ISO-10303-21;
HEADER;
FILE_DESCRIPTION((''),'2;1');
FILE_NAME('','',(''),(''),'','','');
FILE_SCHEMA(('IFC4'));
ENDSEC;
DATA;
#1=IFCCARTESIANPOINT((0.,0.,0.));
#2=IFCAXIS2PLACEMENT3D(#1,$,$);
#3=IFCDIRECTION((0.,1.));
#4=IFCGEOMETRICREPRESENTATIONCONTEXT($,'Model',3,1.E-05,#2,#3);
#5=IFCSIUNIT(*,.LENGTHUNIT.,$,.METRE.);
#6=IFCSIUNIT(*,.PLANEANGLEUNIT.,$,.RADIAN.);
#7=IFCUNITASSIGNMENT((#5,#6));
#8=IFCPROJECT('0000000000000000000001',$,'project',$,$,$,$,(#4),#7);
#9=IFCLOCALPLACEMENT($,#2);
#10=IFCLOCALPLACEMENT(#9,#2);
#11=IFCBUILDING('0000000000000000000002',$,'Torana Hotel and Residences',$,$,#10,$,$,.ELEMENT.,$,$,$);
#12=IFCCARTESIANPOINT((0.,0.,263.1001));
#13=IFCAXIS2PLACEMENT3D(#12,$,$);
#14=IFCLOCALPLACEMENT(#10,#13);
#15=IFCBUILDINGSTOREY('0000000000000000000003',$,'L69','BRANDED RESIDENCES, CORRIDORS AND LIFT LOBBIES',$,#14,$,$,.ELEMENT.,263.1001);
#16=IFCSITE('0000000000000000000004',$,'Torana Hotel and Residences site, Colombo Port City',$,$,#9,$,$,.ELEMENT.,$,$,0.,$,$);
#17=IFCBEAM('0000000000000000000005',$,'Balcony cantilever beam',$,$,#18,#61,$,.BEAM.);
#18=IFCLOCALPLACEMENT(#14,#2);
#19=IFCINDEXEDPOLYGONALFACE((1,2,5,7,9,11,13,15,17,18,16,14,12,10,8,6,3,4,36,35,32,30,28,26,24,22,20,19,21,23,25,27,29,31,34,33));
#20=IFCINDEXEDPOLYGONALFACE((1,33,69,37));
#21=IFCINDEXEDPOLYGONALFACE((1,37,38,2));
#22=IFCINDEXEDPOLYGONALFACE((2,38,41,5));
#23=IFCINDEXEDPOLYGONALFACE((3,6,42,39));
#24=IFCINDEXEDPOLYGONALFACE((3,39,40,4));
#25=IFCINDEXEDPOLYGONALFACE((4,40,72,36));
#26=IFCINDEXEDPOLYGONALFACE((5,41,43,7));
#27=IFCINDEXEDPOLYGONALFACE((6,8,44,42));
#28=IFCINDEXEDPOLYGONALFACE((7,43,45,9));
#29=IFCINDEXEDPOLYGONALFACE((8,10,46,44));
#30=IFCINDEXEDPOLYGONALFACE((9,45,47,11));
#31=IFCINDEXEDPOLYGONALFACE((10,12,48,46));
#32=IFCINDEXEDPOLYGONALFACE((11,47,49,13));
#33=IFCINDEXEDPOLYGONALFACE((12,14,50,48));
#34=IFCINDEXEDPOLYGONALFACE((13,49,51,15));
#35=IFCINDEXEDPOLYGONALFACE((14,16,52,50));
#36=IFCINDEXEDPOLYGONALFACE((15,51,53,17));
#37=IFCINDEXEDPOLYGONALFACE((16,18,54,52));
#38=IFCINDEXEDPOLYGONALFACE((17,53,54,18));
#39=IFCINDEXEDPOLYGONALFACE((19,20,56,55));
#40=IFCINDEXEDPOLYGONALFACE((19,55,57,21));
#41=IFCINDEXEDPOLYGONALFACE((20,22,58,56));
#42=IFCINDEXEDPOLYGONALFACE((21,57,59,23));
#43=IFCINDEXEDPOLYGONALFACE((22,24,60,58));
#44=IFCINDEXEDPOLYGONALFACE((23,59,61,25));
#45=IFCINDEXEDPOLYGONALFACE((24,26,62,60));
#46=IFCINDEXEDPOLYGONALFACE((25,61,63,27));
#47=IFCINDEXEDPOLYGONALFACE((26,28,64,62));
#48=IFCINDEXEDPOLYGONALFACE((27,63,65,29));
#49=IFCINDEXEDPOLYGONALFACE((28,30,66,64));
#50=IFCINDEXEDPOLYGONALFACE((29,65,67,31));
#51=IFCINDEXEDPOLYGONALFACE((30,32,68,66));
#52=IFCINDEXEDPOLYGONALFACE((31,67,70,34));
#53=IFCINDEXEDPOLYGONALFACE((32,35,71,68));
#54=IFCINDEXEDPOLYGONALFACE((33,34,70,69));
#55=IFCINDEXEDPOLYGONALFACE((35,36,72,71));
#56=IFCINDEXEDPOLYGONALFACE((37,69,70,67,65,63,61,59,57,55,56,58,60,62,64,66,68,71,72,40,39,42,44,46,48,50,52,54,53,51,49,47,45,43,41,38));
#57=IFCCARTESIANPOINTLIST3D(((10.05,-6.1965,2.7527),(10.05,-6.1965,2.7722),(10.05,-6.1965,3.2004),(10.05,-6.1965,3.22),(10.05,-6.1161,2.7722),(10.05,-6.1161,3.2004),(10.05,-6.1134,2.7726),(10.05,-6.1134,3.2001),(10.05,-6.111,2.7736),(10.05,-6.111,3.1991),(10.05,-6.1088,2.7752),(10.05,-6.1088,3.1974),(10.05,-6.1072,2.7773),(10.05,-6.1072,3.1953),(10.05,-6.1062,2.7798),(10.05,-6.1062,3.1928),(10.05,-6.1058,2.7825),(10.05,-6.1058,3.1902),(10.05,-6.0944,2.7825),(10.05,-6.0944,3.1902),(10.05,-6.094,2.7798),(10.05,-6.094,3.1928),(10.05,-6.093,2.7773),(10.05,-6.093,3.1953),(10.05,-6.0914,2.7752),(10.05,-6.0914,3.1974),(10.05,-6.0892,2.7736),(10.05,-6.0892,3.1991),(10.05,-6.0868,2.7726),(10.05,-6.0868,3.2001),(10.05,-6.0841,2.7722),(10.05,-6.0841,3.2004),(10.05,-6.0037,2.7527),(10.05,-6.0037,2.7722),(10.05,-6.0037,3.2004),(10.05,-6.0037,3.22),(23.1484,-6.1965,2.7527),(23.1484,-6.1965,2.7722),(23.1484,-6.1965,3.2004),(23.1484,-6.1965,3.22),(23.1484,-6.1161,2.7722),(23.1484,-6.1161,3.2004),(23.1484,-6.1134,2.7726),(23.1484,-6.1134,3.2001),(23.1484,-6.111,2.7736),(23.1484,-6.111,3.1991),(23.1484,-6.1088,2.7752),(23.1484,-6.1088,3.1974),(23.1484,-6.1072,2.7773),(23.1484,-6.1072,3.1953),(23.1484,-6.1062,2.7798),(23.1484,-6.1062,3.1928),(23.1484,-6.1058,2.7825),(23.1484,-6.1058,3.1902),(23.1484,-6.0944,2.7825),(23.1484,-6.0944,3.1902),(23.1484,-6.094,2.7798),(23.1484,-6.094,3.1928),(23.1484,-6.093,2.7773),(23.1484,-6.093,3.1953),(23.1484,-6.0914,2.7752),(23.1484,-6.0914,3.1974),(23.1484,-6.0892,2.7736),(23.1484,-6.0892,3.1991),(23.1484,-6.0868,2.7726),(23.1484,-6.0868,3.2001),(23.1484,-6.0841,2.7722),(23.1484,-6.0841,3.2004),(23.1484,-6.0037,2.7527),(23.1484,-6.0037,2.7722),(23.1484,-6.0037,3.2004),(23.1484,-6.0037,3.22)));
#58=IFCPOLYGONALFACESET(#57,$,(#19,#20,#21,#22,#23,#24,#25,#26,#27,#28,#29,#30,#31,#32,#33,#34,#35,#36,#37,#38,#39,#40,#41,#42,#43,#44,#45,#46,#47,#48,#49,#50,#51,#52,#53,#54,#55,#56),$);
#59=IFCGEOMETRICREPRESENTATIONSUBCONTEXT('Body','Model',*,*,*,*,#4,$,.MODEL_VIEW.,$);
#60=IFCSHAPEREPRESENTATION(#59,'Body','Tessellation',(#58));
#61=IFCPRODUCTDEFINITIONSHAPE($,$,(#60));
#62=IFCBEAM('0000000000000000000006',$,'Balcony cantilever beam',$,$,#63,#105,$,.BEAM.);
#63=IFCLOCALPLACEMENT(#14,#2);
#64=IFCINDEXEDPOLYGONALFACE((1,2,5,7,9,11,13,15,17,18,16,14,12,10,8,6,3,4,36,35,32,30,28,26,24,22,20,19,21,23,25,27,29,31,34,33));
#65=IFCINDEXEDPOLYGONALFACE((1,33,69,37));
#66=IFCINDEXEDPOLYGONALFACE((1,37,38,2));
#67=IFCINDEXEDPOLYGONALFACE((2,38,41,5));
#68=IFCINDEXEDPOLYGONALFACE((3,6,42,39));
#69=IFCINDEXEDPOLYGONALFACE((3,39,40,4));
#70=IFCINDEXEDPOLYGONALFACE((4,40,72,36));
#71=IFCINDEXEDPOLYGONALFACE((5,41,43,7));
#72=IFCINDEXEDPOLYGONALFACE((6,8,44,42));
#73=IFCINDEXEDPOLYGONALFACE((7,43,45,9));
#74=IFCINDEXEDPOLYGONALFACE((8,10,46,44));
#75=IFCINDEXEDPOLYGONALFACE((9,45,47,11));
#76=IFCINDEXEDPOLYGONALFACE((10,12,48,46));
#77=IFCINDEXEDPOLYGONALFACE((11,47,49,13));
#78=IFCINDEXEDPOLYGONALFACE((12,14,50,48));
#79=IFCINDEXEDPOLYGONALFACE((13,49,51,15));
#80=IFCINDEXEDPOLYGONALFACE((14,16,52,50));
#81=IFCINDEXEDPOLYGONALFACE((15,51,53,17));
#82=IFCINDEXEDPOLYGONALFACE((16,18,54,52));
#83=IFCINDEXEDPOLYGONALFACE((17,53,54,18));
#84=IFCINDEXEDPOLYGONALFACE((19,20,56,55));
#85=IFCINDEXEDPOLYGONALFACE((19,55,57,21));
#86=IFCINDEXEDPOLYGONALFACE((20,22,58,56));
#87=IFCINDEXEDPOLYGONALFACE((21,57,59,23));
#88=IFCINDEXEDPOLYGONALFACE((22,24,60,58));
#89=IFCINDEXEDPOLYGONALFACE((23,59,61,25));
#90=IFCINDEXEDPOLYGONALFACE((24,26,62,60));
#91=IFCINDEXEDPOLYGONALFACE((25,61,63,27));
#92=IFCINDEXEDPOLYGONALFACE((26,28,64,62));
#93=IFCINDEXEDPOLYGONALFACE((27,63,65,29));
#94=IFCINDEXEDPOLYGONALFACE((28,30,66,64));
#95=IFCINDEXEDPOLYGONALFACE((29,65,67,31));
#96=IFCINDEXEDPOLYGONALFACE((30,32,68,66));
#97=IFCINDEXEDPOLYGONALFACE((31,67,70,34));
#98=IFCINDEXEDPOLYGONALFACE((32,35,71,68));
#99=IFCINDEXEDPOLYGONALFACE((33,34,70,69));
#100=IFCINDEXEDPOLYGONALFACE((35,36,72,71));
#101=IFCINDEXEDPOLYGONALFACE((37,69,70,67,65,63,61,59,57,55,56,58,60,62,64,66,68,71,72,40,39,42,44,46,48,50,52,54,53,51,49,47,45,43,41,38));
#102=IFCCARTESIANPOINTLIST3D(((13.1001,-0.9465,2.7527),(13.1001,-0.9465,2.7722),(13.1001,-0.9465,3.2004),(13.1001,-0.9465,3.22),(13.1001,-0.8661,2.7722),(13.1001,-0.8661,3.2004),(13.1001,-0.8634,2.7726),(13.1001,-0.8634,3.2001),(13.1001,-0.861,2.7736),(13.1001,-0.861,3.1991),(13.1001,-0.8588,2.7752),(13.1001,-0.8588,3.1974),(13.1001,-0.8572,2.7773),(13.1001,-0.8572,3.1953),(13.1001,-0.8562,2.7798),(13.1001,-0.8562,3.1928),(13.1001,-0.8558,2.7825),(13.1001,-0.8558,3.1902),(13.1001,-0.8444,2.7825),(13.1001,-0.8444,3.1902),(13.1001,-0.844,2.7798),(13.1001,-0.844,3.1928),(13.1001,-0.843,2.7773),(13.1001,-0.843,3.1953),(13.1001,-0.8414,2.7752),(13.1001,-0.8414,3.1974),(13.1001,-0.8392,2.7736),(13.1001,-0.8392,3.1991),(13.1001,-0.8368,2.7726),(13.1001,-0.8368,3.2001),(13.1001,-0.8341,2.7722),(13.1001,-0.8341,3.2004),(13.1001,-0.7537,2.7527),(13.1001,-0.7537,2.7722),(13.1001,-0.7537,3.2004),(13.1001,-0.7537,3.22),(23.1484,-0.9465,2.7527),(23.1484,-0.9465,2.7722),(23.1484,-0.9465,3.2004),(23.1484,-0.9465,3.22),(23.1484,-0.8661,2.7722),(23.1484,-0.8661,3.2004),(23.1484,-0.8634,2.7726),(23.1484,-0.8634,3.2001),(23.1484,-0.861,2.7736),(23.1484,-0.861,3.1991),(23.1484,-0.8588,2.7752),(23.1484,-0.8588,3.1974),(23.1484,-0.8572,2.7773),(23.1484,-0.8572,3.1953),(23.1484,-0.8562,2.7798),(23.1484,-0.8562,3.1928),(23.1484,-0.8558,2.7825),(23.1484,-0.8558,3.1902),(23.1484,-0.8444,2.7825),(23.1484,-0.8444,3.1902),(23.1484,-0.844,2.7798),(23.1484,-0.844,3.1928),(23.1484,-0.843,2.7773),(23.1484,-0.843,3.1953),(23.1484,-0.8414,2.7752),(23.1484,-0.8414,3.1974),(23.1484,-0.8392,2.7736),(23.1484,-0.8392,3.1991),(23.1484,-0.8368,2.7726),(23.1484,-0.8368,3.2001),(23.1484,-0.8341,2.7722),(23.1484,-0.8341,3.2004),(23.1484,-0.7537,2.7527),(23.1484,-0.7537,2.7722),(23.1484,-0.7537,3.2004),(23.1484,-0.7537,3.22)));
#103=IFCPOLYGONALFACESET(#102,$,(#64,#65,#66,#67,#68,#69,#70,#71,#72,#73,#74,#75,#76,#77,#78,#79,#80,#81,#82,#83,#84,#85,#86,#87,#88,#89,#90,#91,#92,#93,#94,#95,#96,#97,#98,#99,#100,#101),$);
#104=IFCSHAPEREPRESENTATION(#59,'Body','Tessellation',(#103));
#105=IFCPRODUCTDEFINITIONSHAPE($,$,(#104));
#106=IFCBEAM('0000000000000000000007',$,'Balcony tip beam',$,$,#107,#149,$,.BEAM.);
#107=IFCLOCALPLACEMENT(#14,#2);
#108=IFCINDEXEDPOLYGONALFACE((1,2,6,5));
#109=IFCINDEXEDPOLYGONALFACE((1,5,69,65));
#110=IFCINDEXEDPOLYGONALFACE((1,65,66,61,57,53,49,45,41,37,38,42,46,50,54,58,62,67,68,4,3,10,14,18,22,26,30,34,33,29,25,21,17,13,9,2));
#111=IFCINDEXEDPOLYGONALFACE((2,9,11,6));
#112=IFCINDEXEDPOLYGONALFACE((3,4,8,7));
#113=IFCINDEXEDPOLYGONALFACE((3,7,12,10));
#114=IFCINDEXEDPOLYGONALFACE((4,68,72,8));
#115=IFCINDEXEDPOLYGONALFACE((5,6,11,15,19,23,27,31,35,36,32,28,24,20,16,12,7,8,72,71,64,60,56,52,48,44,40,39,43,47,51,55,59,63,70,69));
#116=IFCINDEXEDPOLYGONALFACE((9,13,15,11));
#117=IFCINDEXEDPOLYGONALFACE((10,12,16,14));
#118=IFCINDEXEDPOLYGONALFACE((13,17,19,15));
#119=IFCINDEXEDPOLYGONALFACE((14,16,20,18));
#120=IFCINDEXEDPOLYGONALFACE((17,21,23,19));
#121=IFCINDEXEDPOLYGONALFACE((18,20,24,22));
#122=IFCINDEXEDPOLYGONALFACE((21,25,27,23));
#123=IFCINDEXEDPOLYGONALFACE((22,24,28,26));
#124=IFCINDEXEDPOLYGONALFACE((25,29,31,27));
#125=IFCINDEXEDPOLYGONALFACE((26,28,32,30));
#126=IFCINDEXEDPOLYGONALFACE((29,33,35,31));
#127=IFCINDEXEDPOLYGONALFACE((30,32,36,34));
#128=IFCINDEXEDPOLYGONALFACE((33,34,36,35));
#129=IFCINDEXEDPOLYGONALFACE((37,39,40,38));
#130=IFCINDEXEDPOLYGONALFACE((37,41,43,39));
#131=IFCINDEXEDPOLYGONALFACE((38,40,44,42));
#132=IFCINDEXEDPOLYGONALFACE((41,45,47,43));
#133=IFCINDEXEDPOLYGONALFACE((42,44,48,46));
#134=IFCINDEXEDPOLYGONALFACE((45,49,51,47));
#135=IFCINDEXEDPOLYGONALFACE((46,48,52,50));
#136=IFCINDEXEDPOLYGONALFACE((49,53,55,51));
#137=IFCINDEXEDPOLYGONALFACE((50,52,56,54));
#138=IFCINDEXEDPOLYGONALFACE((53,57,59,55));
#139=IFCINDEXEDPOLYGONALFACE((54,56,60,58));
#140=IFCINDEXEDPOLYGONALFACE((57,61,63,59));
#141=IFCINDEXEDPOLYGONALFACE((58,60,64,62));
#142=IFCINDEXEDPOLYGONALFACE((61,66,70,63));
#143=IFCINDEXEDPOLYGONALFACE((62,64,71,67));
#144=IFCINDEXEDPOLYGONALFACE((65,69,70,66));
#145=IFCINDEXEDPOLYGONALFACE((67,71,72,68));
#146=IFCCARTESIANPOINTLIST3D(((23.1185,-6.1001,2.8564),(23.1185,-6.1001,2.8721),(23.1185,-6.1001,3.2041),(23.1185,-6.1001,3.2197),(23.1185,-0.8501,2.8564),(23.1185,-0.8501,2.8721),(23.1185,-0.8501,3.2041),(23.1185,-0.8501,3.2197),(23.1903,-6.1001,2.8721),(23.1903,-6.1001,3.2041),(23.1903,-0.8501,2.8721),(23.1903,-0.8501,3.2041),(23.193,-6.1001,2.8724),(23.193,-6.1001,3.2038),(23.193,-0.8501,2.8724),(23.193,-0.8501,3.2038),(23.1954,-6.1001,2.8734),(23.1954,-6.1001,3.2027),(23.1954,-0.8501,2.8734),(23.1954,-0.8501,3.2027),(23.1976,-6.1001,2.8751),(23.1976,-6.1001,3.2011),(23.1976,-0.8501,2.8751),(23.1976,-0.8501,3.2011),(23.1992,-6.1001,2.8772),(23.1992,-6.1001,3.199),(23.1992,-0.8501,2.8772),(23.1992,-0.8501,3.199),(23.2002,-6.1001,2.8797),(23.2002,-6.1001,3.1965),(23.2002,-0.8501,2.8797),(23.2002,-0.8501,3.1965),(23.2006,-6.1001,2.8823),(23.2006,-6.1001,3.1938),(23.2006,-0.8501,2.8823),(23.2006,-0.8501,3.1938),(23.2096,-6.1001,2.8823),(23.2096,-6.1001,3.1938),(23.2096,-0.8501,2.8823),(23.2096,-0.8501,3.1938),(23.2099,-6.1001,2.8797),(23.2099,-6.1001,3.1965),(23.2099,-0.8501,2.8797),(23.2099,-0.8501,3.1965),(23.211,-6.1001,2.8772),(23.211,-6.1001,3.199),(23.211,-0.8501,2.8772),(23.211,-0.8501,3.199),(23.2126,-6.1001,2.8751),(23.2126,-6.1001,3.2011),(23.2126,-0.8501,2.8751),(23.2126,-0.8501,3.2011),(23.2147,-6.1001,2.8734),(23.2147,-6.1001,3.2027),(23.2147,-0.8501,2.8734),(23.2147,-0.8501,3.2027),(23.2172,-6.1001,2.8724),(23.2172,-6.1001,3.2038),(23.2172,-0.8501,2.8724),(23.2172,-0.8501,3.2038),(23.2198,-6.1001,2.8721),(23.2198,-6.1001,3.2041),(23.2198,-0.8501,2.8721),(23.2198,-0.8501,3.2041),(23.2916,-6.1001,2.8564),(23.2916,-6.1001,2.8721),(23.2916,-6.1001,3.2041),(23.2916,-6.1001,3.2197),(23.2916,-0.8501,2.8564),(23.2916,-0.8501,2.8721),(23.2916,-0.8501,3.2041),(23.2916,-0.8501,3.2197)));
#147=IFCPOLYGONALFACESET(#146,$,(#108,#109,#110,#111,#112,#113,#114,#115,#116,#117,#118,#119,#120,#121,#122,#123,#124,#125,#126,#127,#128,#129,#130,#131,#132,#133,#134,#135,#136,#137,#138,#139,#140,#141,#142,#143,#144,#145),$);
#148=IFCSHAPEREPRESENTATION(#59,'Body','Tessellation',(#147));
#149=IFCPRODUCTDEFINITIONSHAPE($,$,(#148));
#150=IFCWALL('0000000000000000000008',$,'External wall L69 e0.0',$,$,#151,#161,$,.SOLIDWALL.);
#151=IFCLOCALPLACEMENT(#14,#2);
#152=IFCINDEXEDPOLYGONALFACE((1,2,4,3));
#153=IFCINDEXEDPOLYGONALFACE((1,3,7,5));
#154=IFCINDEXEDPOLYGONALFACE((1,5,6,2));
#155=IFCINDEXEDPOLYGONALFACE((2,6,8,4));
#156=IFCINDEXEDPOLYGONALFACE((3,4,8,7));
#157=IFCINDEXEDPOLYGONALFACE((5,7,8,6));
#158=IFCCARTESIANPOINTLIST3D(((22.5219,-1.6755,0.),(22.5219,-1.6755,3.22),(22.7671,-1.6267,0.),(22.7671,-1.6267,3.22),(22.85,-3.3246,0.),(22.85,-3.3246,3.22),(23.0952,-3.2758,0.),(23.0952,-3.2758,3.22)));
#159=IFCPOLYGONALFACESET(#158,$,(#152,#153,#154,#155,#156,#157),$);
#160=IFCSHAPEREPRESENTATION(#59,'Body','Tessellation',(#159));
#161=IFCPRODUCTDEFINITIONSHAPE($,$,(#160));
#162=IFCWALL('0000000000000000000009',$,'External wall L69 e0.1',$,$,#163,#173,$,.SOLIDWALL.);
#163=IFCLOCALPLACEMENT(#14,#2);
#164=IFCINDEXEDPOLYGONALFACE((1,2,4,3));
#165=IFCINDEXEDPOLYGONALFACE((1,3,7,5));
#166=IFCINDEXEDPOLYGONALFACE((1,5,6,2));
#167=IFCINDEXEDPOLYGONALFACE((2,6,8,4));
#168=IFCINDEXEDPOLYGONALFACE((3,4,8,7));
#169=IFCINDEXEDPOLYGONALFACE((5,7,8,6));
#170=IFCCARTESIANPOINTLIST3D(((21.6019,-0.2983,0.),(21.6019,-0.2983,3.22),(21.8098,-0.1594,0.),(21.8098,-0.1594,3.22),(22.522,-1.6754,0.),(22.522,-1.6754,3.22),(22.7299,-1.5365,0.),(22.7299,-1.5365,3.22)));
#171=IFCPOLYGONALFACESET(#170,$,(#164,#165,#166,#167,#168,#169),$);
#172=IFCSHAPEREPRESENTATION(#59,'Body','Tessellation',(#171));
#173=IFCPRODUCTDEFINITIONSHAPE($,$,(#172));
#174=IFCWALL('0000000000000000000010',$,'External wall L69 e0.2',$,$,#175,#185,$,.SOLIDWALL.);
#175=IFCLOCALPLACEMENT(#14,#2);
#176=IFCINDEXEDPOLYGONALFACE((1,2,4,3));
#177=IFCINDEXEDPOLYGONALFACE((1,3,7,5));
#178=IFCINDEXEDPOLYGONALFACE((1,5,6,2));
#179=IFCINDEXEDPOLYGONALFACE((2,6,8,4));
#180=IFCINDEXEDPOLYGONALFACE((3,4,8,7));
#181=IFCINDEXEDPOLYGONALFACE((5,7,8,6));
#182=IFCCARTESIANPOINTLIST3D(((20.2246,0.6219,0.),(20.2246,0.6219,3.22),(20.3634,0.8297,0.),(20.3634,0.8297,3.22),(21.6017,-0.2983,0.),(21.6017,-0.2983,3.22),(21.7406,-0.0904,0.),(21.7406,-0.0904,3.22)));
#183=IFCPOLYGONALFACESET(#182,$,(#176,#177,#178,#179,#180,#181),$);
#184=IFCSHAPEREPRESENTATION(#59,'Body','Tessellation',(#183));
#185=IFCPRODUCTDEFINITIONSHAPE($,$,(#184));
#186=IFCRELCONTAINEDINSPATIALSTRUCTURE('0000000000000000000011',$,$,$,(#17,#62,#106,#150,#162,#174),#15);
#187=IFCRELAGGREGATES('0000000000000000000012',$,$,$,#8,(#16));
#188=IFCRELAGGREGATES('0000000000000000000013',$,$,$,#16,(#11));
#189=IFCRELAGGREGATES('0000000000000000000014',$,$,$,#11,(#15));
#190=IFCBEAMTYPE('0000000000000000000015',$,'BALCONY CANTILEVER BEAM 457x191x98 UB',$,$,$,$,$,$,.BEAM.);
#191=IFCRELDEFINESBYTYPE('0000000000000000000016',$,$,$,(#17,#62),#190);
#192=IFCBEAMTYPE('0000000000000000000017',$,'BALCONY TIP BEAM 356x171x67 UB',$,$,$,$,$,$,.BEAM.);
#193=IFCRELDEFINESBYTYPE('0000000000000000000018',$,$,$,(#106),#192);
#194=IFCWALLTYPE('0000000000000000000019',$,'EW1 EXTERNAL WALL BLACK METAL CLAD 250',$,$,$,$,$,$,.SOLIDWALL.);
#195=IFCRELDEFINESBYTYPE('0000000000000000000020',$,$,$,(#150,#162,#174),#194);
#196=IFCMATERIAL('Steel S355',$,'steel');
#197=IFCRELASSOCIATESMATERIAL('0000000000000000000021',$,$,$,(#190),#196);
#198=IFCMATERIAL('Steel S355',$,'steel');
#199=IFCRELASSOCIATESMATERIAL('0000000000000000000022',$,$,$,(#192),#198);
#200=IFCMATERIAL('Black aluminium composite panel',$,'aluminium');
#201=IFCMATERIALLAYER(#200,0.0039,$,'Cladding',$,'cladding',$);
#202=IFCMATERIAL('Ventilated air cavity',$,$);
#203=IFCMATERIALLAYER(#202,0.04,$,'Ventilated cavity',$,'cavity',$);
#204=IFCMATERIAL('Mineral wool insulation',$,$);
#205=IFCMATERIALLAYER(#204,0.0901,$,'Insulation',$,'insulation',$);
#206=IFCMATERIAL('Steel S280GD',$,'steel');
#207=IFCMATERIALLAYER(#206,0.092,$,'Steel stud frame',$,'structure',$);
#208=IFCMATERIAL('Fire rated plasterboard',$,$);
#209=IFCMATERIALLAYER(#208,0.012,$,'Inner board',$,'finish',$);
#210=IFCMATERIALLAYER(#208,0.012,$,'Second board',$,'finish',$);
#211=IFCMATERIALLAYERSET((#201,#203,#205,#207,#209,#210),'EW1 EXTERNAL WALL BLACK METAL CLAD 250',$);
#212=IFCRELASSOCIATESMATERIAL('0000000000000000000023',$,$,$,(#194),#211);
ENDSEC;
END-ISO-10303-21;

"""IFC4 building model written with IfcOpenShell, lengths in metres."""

from ifc_helpers import new_model, si_unit, direction, frame, frame_2d, origin, origin_2d, place, context, subcontext, project, spatial, rectangle, i_section, extrude, material, layer, layer_set, material_profile, profile_set, type_object, element, save


model = new_model("IFC4")

# Units and contexts
model_context = context("Model", 3, precision=1e-05, world=origin(), true_north=direction((0.0, 1.0)))
body_context = subcontext(model_context, "Body", "Model", "MODEL_VIEW")
ifc_project = project(units=[si_unit("LENGTHUNIT", "METRE"), si_unit("PLANEANGLEUNIT", "RADIAN")], contexts=[model_context])

# Site, building, storey
site_placement = place(None, origin())
site = spatial("IfcSite", under=ifc_project, at=site_placement, Name="Torana Hotel and Residences site, Colombo Port City", CompositionType="ELEMENT", RefElevation=0.0)
building_placement = place(site_placement, origin())
building = spatial("IfcBuilding", under=site, at=building_placement, Name="Torana Hotel and Residences", CompositionType="ELEMENT")
storey_placement = place(building_placement, frame((0.0, 0.0, 263.1001)))
storey = spatial("IfcBuildingStorey", under=building, at=storey_placement, Name="L69", Description="BRANDED RESIDENCES, CORRIDORS AND LIFT LOBBIES", CompositionType="ELEMENT", Elevation=263.1001)

# Beams
ifc_material_1 = material(Name="Steel S355", Category="steel")
ifc_material_profile_1 = material_profile(ifc_material_1, i_section(OverallWidth=0.1929, OverallDepth=0.4673, WebThickness=0.0115, FlangeThickness=0.0195, FilletRadius=0.0103, at=origin_2d()), Name="457x191x98 UB")
ifc_profile_set_1 = profile_set([ifc_material_profile_1], Name="Steel S355")
beam_type_1 = type_object("IfcBeamType", Name="BALCONY CANTILEVER BEAM 457x191x98 UB", PredefinedType="BEAM", material=ifc_profile_set_1)
beam_1_placement = place(storey_placement, frame((23.1484, -6.1001, 2.9863), z_axis=(-1.0, 0.0, 0.0), x_axis=(0.0, -1.0, 0.0)))
element("IfcBeam", 1, at=beam_1_placement, inside=storey, type_object=beam_type_1, Name="Balcony cantilever beam", PredefinedType="BEAM", context=body_context, shape_type="SweptSolid", body=[
    extrude(i_section(OverallWidth=0.1929, OverallDepth=0.4673, WebThickness=0.0115, FlangeThickness=0.0195, FilletRadius=0.0103, at=origin_2d()), origin(), (0.0, 0.0, 1.0), 13.0984),
])
beam_2_placement = place(storey_placement, frame((23.1484, -0.8501, 2.9863), z_axis=(-1.0, 0.0, 0.0), x_axis=(0.0, -1.0, 0.0)))
element("IfcBeam", 2, at=beam_2_placement, inside=storey, type_object=beam_type_1, Name="Balcony cantilever beam", PredefinedType="BEAM", context=body_context, shape_type="SweptSolid", body=[
    extrude(i_section(OverallWidth=0.1929, OverallDepth=0.4673, WebThickness=0.0115, FlangeThickness=0.0195, FilletRadius=0.0103, at=origin_2d()), origin(), (0.0, 0.0, 1.0), 10.0483),
])
ifc_material_2 = material(Name="Steel S355", Category="steel")
ifc_material_profile_2 = material_profile(ifc_material_2, i_section(OverallWidth=0.1731, OverallDepth=0.3633, WebThickness=0.009, FlangeThickness=0.0156, FilletRadius=0.0103, at=origin_2d()), Name="356x171x67 UB")
ifc_profile_set_2 = profile_set([ifc_material_profile_2], Name="Steel S355")
beam_type_2 = type_object("IfcBeamType", Name="BALCONY TIP BEAM 356x171x67 UB", PredefinedType="BEAM", material=ifc_profile_set_2)
beam_3_placement = place(storey_placement, frame((23.2051, -6.1001, 3.0381), z_axis=(0.0, 1.0, 0.0), x_axis=(-1.0, 0.0, 0.0)))
element("IfcBeam", 3, at=beam_3_placement, inside=storey, type_object=beam_type_2, Name="Balcony tip beam", PredefinedType="BEAM", context=body_context, shape_type="SweptSolid", body=[
    extrude(i_section(OverallWidth=0.1731, OverallDepth=0.3633, WebThickness=0.009, FlangeThickness=0.0156, FilletRadius=0.0103, at=origin_2d()), origin(), (0.0, 0.0, 1.0), 5.25),
])

# Walls
ifc_material_3 = material(Name="Black aluminium composite panel", Category="aluminium")
ifc_layer_1 = layer(ifc_material_3, 0.0039, Name="Cladding", Category="cladding")
ifc_material_4 = material(Name="Ventilated air cavity")
ifc_layer_2 = layer(ifc_material_4, 0.04, Name="Ventilated cavity", Category="cavity")
ifc_material_5 = material(Name="Mineral wool insulation")
ifc_layer_3 = layer(ifc_material_5, 0.0901, Name="Insulation", Category="insulation")
ifc_material_6 = material(Name="Steel S280GD", Category="steel")
ifc_layer_4 = layer(ifc_material_6, 0.092, Name="Steel stud frame", Category="structure")
ifc_material_7 = material(Name="Fire rated plasterboard")
ifc_layer_5 = layer(ifc_material_7, 0.012, Name="Inner board", Category="finish")
ifc_layer_6 = layer(ifc_material_7, 0.012, Name="Second board", Category="finish")
ifc_layer_set_1 = layer_set([ifc_layer_1, ifc_layer_2, ifc_layer_3, ifc_layer_4, ifc_layer_5, ifc_layer_6], Name="EW1 EXTERNAL WALL BLACK METAL CLAD 250")
wall_type_1 = type_object("IfcWallType", Name="EW1 EXTERNAL WALL BLACK METAL CLAD 250", PredefinedType="SOLIDWALL", material=ifc_layer_set_1)
wall_1_placement = place(storey_placement, frame((22.9727, -3.3003, 0.0), z_axis=(0.0, 0.0, 1.0), x_axis=(-0.195139, 0.980776, 0.0)))
element("IfcWall", 4, at=wall_1_placement, inside=storey, type_object=wall_type_1, Name="External wall L69 e0.0", PredefinedType="SOLIDWALL", context=body_context, shape_type="SweptSolid", body=[
    extrude(rectangle(XDim=1.6814, YDim=0.25, at=frame_2d((0.8408, 0.0))), origin(), (0.0, 0.0, 1.0), 3.22),
])
for number, where, z_axis, x_axis, name in (
    (5, (22.626, -1.606, 0.0), (0.0, 0.0, 1.0), (-0.55555, 0.831483, 0.0), "External wall L69 e0.1"),
    (6, (21.6711, -0.1943, 0.0), (0.0, 0.0, 1.0), (-0.831483, 0.55555, 0.0), "External wall L69 e0.2"),
):
    element("IfcWall", number, at=place(storey_placement, frame(where, z_axis=z_axis, x_axis=x_axis)), inside=storey, type_object=wall_type_1, Name=name, PredefinedType="SOLIDWALL", context=body_context, shape_type="SweptSolid", body=[
        extrude(rectangle(XDim=1.6562, YDim=0.25, at=frame_2d((0.8281, 0.0))), origin(), (0.0, 0.0, 1.0), 3.22),
    ])

save(model, "model.ifc")
